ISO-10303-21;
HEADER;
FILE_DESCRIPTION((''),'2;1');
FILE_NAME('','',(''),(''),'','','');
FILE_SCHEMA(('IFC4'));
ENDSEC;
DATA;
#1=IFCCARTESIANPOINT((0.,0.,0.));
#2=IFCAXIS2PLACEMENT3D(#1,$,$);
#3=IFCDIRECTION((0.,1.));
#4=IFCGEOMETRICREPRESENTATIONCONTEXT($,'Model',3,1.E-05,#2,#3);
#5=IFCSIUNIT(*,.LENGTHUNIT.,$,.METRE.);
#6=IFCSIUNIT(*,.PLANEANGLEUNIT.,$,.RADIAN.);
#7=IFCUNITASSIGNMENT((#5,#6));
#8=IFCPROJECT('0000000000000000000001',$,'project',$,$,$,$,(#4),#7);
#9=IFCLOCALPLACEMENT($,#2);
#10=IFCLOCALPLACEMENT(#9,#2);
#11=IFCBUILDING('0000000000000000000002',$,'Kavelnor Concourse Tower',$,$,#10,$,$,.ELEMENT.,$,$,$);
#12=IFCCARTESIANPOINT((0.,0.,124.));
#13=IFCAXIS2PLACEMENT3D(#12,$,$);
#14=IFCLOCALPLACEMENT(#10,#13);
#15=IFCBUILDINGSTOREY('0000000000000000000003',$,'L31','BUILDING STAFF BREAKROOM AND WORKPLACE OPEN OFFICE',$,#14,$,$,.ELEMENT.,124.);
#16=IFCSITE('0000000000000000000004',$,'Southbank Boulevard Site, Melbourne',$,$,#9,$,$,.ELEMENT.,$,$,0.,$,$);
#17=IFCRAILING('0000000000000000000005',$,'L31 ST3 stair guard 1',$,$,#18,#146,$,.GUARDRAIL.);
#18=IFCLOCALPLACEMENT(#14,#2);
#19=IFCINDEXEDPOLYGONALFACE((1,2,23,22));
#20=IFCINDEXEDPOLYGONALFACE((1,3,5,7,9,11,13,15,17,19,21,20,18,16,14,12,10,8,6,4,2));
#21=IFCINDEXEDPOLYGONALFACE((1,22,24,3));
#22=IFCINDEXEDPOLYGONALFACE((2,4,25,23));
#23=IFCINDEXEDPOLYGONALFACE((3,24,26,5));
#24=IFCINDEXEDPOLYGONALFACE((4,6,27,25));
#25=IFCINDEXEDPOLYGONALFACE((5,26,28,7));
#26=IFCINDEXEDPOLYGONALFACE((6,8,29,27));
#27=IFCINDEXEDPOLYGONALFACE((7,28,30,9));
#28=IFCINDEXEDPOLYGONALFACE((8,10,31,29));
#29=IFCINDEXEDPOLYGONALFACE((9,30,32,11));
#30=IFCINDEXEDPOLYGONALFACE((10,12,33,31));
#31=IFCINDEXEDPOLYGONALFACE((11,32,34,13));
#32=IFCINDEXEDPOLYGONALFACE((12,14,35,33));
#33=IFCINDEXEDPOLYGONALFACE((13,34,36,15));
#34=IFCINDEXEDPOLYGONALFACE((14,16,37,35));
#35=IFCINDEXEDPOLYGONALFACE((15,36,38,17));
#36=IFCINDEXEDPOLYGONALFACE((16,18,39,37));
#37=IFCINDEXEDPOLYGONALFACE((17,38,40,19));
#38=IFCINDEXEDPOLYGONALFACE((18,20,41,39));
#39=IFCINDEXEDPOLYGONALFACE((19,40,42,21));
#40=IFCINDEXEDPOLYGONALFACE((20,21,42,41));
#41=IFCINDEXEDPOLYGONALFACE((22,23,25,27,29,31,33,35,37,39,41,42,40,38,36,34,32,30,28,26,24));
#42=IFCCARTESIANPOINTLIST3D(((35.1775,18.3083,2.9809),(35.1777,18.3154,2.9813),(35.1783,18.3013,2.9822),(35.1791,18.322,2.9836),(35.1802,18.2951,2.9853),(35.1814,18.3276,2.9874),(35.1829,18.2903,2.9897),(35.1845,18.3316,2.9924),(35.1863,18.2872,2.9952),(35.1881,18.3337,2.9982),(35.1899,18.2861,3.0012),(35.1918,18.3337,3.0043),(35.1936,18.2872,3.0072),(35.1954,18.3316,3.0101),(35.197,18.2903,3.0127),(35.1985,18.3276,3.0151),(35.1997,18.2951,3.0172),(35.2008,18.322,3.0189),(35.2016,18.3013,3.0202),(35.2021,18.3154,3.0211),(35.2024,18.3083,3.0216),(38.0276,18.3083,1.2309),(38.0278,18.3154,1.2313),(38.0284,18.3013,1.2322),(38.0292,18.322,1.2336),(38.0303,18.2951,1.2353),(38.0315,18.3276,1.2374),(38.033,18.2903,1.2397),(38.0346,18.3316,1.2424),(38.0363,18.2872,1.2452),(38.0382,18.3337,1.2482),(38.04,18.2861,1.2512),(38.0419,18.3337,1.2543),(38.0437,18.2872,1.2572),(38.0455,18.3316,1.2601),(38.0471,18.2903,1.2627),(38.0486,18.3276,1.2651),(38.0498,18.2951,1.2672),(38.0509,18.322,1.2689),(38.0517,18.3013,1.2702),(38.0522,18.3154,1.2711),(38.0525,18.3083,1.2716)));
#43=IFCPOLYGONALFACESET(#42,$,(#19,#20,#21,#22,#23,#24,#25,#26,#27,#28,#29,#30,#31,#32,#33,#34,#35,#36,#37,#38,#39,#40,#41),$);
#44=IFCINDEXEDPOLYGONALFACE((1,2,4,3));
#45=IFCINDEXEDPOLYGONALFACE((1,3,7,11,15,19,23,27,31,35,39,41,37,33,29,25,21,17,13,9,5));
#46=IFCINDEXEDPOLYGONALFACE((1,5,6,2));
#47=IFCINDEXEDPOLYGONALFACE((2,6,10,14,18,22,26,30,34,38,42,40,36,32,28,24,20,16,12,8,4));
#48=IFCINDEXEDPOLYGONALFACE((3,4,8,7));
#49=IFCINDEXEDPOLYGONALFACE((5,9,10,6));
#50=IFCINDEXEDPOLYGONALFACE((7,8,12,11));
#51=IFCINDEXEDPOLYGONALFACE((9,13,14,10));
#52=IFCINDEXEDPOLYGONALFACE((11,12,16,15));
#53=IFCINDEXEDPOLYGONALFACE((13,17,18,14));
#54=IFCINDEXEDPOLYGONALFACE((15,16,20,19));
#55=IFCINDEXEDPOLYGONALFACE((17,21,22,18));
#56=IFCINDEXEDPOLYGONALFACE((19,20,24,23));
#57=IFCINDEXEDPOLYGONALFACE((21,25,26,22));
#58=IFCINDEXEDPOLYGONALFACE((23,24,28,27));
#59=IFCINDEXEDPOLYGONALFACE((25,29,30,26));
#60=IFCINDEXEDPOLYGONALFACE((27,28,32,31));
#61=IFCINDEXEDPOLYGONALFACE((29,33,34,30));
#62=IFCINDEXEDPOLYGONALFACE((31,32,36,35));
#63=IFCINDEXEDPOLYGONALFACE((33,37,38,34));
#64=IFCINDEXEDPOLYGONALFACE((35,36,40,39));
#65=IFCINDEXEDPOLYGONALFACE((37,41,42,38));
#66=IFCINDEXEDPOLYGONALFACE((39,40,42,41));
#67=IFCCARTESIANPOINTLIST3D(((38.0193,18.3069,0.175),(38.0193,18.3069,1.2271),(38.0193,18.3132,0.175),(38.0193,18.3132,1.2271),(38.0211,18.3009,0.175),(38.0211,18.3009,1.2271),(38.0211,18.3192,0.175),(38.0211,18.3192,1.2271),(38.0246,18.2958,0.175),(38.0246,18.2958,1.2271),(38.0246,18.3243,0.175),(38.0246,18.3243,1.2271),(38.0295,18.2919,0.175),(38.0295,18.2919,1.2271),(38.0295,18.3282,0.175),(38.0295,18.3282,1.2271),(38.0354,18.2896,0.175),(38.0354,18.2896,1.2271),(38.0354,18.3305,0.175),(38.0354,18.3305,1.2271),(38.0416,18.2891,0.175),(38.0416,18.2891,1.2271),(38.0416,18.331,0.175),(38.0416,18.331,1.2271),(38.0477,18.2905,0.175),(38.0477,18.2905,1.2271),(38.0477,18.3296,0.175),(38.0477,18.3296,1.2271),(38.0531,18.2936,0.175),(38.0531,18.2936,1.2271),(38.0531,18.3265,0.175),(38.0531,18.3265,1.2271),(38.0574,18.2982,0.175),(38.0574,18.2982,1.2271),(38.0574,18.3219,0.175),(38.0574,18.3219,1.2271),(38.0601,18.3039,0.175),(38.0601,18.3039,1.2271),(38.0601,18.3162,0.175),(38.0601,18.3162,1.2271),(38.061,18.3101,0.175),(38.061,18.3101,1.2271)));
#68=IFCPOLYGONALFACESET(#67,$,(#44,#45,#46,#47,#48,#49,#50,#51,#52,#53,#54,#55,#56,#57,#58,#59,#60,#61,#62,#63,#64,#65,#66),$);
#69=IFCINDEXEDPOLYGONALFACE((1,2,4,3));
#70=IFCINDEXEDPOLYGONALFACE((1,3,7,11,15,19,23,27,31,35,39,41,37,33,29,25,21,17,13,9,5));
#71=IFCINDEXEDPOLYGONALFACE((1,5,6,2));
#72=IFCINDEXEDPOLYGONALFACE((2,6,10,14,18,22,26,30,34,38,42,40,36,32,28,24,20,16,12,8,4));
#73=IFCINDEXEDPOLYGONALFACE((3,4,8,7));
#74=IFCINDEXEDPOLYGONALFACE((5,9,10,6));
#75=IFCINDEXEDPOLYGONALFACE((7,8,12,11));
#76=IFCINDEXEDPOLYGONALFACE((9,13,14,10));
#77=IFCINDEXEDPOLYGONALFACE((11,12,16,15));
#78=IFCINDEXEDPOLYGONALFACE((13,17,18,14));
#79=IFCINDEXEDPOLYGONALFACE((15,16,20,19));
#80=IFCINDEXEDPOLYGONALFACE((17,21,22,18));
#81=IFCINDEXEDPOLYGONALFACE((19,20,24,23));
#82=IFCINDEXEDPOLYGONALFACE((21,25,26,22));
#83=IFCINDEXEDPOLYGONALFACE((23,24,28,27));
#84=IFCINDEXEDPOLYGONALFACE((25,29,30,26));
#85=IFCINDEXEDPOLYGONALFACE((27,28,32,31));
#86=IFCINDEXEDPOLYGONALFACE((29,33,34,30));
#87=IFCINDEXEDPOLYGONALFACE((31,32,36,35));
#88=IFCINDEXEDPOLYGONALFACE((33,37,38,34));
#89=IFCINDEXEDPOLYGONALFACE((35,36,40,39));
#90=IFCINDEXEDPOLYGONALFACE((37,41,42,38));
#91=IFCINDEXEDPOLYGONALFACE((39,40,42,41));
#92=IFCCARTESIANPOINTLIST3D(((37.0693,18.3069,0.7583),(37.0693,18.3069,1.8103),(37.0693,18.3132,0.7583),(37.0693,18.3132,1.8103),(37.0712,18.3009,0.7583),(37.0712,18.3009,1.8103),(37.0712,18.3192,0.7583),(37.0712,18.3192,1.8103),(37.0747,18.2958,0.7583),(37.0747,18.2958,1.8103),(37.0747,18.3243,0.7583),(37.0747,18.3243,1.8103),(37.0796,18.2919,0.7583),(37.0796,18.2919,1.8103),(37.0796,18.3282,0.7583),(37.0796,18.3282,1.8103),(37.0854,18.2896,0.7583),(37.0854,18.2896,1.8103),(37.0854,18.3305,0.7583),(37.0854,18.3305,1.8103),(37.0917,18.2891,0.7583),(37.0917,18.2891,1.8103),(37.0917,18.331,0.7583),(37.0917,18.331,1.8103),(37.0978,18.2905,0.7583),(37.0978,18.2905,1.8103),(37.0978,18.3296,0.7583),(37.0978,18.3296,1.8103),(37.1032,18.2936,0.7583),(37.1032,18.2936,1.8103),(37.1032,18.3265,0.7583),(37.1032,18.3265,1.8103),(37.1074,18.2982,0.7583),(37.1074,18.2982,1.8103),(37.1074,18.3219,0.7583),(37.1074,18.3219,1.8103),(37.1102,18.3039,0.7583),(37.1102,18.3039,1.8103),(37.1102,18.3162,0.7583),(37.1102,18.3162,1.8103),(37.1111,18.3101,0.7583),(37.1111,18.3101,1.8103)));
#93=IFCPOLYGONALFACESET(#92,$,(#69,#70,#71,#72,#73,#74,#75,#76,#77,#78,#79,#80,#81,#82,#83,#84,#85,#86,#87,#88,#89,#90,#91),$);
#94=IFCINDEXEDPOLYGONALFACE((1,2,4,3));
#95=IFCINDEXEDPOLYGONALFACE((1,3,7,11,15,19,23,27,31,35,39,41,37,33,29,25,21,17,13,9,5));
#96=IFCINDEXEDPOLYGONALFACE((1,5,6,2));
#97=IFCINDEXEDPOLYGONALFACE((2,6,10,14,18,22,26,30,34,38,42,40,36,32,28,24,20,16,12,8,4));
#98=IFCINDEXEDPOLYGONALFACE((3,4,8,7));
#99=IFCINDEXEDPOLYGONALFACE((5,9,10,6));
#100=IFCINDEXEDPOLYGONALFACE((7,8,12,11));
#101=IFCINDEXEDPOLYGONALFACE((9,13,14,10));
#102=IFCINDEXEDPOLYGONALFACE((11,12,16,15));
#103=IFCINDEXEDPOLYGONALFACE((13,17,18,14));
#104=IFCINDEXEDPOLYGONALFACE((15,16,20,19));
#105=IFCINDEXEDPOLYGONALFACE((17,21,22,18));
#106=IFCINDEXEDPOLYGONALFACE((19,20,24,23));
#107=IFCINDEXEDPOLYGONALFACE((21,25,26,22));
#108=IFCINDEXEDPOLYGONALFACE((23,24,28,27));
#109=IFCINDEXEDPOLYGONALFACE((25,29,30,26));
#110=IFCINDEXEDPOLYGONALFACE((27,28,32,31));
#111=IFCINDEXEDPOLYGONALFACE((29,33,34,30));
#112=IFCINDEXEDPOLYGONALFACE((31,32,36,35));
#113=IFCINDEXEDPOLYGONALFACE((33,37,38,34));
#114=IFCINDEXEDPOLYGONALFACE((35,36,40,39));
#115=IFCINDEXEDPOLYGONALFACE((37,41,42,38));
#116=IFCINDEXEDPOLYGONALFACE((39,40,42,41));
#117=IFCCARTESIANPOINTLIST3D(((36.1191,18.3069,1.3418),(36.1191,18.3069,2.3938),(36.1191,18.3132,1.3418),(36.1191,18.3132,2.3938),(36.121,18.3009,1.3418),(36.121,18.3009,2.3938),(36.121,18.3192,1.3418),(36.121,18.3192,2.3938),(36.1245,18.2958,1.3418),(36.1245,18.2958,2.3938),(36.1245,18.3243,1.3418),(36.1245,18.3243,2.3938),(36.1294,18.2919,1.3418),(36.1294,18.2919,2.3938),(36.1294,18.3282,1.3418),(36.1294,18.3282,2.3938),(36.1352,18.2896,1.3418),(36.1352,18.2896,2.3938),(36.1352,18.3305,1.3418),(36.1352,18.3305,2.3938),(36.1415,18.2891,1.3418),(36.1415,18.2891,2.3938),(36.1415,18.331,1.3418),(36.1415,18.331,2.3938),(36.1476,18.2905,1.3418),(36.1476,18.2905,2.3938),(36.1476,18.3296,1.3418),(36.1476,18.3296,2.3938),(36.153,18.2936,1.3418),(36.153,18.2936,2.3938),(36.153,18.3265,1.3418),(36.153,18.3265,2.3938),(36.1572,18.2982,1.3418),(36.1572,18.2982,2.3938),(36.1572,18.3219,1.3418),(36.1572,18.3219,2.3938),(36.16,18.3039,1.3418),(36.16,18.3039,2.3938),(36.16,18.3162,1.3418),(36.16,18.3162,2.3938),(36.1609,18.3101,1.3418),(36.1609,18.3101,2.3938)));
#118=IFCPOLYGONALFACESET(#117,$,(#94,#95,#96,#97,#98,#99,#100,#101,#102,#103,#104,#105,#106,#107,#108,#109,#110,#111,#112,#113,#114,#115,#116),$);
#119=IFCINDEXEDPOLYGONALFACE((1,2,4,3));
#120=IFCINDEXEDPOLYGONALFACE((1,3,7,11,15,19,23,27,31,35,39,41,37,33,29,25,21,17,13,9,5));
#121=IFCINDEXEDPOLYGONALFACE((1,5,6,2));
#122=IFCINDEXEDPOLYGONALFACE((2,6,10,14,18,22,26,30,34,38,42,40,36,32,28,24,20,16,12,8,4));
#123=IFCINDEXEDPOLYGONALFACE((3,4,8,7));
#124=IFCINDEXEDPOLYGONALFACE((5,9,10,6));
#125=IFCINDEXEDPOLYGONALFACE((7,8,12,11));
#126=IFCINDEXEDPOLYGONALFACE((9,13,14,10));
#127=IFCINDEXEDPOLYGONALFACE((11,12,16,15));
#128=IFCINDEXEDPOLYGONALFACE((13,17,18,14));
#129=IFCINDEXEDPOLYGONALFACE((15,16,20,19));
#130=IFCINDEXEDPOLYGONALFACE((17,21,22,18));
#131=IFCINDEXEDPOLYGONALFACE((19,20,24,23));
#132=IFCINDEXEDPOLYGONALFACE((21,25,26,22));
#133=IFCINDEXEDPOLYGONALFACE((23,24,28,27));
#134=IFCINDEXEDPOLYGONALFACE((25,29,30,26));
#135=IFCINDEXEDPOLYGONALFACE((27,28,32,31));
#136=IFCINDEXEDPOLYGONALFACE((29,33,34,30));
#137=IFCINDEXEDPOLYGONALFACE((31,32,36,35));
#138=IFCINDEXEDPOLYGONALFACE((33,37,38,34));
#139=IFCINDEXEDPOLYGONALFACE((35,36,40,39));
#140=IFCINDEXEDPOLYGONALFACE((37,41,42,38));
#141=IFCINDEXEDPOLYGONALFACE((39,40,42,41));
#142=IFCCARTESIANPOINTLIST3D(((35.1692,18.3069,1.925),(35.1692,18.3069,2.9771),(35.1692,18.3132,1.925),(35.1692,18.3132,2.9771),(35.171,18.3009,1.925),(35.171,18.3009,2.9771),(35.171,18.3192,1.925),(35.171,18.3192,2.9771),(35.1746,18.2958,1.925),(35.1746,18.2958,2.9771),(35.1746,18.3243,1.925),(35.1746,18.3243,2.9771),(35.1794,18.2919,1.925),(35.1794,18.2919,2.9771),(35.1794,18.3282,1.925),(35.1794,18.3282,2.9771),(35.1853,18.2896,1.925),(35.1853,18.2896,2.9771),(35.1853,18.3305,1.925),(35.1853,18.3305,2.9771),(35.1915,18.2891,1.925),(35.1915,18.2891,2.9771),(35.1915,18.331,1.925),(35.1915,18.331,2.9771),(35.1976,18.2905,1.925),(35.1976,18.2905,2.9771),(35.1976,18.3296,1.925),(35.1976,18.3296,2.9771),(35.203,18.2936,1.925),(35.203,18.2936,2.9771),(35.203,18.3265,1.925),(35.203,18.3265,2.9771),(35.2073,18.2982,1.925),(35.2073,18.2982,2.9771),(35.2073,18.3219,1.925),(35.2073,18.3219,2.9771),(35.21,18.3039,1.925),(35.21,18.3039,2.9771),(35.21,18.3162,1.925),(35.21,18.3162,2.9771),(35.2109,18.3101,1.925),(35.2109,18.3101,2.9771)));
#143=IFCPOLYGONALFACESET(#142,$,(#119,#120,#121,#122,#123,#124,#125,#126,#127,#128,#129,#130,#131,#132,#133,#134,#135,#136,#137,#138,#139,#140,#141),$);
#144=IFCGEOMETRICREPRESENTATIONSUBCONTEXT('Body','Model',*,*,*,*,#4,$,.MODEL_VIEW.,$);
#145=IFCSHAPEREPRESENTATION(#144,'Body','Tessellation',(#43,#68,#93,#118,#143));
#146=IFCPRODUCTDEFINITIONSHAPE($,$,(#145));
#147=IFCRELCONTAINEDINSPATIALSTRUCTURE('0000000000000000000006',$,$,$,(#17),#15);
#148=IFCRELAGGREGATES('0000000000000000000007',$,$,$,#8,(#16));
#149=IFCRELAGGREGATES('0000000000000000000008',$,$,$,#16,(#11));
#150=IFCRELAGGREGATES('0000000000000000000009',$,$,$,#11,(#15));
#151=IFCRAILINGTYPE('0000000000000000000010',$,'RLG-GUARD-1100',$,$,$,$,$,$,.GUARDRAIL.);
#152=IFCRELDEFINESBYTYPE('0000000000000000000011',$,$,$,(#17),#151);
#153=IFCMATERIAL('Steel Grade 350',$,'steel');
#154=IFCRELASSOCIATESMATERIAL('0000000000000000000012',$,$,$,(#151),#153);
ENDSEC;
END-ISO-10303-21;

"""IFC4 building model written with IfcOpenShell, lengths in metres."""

from ifc_helpers import new_model, si_unit, direction, frame, origin, origin_2d, place, context, subcontext, project, spatial, circle, extrude, material, type_object, element, save


model = new_model("IFC4")

# Units and contexts
model_context = context("Model", 3, precision=1e-05, world=origin(), true_north=direction((0.0, 1.0)))
body_context = subcontext(model_context, "Body", "Model", "MODEL_VIEW")
ifc_project = project(units=[si_unit("LENGTHUNIT", "METRE"), si_unit("PLANEANGLEUNIT", "RADIAN")], contexts=[model_context])

# Site, building, storey
site_placement = place(None, origin())
site = spatial("IfcSite", under=ifc_project, at=site_placement, Name="Southbank Boulevard Site, Melbourne", CompositionType="ELEMENT", RefElevation=0.0)
building_placement = place(site_placement, origin())
building = spatial("IfcBuilding", under=site, at=building_placement, Name="Kavelnor Concourse Tower", CompositionType="ELEMENT")
storey_placement = place(building_placement, frame((0.0, 0.0, 124.0)))
storey = spatial("IfcBuildingStorey", under=building, at=storey_placement, Name="L31", Description="BUILDING STAFF BREAKROOM AND WORKPLACE OPEN OFFICE", CompositionType="ELEMENT", Elevation=124.0)

# Shared definitions
ifc_material_1 = material(Name="Steel Grade 350", Category="steel")

# Railing
railing_type_1 = type_object("IfcRailingType", Name="RLG-GUARD-1100", PredefinedType="GUARDRAIL", material=ifc_material_1)
railing_1_placement = place(storey_placement, frame((38.04, 18.3101, 0.175)))
element("IfcRailing", 1, at=railing_1_placement, inside=storey, type_object=railing_type_1, Name="L31 ST3 stair guard 1", PredefinedType="GUARDRAIL", context=body_context, shape_type="SweptSolid", body=[
    extrude(circle(Radius=0.0239, at=origin_2d()), frame((0.0, 0.0, 1.0762), z_axis=(-0.852179, 0.0, 0.52325), x_axis=(0.0, -1.0, 0.0)), (0.0, 0.0, 1.0), 3.3445),
    extrude(circle(Radius=0.021, at=origin_2d()), origin(), (0.0, 0.0, 1.0), 1.052),
    extrude(circle(Radius=0.021, at=origin_2d()), frame((-0.95, 0.0, 0.5833)), (0.0, 0.0, 1.0), 1.052),
    extrude(circle(Radius=0.021, at=origin_2d()), frame((-1.9001, 0.0, 1.1667)), (0.0, 0.0, 1.0), 1.052),
    extrude(circle(Radius=0.021, at=origin_2d()), frame((-2.8501, 0.0, 1.75)), (0.0, 0.0, 1.0), 1.052),
])

save(model, "model.ifc")
